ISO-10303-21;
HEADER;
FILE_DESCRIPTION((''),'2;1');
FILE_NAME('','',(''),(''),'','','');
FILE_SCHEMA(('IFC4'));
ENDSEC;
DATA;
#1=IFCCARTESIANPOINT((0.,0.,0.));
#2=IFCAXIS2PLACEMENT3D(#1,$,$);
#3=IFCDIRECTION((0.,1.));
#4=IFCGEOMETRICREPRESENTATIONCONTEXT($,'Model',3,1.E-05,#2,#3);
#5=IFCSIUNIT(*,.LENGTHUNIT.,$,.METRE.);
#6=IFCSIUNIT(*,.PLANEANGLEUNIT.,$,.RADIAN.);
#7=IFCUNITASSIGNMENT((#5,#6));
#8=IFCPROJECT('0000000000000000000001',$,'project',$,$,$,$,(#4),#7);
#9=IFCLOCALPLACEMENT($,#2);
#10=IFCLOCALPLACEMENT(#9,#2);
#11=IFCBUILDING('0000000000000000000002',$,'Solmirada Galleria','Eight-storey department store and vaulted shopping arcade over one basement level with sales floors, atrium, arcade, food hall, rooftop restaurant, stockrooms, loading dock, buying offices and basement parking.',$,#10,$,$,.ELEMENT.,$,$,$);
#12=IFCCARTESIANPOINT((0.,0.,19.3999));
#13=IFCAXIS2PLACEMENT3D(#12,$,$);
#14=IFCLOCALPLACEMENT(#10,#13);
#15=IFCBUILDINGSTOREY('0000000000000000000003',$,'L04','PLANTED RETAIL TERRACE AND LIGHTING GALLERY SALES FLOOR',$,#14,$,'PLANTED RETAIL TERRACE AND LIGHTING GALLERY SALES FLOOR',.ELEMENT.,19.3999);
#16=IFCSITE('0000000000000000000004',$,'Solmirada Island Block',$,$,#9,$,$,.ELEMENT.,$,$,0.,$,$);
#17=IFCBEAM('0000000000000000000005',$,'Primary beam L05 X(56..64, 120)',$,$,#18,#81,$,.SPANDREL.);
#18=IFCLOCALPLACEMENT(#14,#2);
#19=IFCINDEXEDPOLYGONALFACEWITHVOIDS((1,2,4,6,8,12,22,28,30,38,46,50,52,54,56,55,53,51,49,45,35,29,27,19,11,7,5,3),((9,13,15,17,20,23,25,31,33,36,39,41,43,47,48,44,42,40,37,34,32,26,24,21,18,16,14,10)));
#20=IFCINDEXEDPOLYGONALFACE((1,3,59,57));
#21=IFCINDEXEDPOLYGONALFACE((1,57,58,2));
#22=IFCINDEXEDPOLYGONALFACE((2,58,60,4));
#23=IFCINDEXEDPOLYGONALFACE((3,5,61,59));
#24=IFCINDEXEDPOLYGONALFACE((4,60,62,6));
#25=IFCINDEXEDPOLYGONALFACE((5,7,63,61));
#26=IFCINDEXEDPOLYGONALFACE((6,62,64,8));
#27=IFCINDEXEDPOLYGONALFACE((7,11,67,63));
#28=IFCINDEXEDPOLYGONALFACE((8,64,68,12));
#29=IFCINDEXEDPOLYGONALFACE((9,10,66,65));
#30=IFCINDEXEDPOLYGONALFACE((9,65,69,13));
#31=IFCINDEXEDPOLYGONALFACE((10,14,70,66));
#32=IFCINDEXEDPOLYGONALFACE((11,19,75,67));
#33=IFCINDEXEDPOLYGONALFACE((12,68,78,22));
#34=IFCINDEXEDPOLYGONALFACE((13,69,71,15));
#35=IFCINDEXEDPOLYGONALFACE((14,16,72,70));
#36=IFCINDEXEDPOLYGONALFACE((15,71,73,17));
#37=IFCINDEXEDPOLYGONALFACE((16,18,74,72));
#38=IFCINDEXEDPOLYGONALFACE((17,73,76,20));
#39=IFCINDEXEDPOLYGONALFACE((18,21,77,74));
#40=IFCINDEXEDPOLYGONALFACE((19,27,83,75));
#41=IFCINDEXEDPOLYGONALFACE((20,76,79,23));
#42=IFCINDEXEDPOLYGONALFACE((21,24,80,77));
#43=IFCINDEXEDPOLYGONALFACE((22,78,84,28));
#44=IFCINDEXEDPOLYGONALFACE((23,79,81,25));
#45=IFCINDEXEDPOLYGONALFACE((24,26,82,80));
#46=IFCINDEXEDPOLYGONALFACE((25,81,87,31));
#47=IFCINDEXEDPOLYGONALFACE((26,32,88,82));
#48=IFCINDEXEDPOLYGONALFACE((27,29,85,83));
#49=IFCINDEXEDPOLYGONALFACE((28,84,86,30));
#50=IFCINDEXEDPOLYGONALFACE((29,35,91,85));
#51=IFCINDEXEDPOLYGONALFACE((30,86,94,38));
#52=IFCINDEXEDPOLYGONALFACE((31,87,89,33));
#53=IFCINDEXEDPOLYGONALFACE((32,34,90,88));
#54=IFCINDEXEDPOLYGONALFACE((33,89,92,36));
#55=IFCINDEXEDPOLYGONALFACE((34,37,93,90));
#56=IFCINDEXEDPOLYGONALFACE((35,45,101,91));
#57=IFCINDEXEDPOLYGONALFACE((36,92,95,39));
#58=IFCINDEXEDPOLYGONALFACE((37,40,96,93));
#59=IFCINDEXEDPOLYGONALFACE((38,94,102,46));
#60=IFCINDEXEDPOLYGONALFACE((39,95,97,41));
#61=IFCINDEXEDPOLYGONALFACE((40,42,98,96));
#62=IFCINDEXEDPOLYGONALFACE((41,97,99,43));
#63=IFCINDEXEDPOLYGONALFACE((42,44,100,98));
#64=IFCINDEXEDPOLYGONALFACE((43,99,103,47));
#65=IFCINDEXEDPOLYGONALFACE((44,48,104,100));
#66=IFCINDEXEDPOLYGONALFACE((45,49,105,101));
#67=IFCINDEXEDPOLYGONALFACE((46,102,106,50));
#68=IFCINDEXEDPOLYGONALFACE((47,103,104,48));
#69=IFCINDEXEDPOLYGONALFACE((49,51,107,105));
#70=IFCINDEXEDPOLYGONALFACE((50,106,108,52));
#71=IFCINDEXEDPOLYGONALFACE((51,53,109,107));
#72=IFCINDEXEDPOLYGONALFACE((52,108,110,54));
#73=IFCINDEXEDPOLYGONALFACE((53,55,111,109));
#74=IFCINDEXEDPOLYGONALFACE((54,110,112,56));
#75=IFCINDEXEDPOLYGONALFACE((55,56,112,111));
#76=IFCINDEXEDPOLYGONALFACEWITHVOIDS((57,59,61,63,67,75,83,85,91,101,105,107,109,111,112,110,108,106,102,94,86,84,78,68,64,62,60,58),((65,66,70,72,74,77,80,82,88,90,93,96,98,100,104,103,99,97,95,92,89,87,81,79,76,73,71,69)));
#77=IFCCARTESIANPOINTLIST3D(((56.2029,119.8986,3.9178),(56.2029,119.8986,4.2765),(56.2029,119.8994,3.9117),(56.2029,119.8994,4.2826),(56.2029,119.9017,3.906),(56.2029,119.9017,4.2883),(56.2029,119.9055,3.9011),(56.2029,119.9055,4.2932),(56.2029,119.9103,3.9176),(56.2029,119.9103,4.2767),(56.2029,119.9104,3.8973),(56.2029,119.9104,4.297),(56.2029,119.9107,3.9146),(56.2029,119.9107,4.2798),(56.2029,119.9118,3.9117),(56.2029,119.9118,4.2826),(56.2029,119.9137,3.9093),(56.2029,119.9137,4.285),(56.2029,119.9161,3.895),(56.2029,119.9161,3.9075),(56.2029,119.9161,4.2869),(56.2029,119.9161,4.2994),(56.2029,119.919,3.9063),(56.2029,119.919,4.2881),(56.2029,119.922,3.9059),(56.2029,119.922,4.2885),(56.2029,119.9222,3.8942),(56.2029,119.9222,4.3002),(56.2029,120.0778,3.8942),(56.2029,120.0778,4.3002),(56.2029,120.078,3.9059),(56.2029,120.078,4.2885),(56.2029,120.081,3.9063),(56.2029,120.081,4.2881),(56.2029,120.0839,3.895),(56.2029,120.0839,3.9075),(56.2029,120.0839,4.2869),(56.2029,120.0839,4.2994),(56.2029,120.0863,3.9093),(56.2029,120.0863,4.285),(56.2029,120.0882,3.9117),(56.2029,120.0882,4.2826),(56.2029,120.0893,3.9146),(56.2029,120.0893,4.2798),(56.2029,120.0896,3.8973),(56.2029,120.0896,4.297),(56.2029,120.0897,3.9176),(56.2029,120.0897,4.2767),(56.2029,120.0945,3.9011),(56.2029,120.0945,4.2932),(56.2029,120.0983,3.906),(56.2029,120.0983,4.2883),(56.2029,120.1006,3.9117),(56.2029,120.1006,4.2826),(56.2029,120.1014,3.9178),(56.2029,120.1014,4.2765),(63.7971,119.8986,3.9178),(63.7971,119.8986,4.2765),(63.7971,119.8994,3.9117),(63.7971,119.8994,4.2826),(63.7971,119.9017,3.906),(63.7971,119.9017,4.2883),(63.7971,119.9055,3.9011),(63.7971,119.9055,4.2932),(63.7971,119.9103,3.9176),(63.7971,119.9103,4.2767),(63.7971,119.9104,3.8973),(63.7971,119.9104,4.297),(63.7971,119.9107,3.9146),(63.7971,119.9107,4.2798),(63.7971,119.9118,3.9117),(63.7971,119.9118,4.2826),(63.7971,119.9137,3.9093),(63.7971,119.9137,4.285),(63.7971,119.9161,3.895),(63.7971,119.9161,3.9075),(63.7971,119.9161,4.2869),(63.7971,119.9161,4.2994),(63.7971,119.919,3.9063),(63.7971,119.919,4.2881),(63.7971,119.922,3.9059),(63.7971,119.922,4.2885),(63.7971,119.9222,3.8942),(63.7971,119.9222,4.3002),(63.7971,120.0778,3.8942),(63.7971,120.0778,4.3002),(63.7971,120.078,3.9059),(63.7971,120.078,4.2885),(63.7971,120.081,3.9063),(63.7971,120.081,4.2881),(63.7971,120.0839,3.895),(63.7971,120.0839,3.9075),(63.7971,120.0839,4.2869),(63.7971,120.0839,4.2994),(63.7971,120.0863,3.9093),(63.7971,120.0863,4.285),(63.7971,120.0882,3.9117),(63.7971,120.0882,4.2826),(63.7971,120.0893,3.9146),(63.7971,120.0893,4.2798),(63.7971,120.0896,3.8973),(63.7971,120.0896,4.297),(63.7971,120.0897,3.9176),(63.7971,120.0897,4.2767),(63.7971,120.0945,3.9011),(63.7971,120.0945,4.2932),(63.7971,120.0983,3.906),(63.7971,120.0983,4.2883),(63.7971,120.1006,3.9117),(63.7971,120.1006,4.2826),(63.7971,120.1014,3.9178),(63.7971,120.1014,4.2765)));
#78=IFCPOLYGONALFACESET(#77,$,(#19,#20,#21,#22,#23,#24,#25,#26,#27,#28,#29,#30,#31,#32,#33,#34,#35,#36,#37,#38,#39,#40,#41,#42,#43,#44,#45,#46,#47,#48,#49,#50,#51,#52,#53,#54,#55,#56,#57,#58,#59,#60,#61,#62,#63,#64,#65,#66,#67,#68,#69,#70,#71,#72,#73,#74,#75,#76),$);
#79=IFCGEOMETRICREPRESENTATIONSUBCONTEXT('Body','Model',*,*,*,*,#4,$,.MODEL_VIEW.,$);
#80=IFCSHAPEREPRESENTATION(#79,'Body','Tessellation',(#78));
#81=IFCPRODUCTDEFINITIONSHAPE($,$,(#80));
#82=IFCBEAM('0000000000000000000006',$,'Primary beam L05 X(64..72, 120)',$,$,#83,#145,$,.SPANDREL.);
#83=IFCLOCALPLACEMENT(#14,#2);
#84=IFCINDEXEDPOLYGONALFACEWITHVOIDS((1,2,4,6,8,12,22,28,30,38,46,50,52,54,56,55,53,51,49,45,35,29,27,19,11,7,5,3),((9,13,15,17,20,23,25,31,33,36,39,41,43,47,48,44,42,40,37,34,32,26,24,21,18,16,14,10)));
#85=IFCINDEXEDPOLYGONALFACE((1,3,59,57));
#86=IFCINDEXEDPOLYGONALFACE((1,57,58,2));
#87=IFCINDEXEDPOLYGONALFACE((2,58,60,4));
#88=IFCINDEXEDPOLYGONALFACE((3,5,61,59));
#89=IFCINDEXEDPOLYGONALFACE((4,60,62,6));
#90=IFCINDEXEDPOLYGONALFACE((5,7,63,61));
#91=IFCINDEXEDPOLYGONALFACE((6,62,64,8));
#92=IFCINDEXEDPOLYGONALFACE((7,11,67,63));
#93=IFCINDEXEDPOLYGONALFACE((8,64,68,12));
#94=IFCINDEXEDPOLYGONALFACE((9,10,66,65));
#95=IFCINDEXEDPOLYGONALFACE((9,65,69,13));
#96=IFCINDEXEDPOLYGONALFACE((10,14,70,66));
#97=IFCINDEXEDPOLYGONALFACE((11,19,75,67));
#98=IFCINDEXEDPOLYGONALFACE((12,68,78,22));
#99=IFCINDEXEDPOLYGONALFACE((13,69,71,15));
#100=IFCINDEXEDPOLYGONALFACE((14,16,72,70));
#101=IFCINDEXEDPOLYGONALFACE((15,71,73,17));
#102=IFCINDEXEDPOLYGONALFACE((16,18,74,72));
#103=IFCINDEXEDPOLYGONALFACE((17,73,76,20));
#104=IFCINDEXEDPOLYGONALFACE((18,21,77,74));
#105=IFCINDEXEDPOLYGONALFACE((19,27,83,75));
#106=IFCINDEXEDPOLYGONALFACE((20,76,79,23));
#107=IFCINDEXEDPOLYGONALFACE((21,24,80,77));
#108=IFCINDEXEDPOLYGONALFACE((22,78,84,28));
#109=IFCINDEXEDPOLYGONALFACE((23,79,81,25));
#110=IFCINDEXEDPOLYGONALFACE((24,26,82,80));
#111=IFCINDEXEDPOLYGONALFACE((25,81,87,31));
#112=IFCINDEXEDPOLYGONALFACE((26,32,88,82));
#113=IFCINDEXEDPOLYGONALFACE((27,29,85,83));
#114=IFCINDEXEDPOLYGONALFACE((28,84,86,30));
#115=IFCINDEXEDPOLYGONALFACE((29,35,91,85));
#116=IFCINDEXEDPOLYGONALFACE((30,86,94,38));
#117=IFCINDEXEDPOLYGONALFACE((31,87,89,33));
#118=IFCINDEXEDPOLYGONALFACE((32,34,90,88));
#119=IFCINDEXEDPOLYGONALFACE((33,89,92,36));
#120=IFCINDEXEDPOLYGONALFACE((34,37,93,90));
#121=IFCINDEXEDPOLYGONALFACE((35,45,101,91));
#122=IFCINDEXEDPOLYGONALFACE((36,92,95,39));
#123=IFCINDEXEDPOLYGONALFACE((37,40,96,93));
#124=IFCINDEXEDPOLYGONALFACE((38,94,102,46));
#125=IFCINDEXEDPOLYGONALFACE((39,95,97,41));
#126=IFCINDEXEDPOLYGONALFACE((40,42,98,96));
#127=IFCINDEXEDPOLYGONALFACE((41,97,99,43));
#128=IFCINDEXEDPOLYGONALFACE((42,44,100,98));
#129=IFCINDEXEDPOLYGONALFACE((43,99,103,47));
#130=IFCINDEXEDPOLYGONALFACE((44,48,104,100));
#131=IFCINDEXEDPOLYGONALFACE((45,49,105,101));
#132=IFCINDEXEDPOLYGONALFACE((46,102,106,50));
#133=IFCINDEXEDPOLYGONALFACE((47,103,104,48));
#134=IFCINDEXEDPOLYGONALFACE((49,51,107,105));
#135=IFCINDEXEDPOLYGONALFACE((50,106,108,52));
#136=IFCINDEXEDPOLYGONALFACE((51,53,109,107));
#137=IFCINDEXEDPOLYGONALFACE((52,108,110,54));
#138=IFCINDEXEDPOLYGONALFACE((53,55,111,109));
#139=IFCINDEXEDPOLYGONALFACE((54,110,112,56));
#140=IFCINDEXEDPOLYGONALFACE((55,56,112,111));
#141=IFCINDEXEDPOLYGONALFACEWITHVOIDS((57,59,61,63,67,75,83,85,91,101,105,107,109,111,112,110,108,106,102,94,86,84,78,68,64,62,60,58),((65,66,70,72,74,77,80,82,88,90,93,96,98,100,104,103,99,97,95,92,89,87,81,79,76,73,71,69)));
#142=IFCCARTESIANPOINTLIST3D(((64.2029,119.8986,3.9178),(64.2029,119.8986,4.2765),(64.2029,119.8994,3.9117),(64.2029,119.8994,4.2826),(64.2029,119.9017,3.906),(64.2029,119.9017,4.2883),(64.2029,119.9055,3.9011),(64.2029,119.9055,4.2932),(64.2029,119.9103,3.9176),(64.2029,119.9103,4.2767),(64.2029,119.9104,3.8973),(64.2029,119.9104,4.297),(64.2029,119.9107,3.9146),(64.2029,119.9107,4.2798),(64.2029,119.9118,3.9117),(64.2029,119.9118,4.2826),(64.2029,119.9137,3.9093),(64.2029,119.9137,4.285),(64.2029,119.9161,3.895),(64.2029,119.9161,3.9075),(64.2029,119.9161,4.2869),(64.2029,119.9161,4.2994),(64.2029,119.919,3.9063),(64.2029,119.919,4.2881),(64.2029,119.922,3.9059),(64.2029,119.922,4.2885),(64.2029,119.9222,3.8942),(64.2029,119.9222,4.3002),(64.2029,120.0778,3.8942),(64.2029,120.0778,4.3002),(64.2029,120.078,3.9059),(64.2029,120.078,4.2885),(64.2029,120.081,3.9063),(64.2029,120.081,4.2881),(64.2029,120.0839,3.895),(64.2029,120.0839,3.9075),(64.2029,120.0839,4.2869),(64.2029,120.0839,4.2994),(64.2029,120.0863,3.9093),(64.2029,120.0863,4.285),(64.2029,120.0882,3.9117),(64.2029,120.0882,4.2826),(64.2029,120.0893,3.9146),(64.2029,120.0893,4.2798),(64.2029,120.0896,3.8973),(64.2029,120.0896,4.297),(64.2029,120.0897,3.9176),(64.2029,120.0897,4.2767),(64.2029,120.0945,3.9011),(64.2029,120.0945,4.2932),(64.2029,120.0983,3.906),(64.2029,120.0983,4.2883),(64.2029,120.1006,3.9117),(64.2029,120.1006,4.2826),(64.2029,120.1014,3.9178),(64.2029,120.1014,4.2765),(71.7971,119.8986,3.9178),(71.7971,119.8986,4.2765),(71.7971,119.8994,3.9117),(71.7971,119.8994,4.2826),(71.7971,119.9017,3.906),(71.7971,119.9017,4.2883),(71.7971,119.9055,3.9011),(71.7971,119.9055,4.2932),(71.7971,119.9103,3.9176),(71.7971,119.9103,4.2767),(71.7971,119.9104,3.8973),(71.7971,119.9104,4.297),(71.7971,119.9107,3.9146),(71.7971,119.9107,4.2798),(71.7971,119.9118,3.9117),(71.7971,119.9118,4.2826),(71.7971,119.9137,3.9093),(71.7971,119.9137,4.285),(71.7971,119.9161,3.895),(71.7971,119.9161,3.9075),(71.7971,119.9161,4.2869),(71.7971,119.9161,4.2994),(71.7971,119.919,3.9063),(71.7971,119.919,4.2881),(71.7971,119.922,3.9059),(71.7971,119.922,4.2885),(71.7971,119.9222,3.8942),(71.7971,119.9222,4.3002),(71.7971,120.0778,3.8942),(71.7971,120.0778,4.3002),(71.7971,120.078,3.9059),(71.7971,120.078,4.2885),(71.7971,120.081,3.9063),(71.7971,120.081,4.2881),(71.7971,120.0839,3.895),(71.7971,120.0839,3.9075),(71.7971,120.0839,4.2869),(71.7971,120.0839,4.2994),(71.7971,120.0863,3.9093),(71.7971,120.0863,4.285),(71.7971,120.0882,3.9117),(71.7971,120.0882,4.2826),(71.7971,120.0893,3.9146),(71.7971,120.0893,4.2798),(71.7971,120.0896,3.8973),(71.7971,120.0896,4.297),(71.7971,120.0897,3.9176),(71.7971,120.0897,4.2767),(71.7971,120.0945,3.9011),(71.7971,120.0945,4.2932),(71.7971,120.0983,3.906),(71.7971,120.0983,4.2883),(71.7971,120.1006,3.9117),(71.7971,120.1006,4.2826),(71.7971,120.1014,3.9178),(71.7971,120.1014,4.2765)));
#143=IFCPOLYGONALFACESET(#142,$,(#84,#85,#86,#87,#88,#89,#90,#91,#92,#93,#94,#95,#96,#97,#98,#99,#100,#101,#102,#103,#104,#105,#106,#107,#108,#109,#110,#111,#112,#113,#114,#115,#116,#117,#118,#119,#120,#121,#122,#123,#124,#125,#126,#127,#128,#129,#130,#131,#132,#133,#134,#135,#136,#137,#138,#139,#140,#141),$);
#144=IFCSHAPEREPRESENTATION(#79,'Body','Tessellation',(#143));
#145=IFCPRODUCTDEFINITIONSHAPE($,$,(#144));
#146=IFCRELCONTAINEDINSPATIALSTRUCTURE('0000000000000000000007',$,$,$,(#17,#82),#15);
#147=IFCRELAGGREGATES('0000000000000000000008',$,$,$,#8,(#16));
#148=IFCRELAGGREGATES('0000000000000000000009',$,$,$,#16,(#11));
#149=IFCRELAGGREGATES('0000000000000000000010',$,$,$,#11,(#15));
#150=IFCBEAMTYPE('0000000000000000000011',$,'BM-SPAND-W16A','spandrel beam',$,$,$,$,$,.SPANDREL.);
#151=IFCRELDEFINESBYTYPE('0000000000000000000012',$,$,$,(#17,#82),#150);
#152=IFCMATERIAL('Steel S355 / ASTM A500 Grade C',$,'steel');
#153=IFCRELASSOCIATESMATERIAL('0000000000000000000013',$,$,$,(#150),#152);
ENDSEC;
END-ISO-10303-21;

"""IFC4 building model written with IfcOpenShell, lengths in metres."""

from ifc_helpers import new_model, si_unit, direction, frame, origin, origin_2d, place, context, subcontext, project, spatial, hollow_rectangle, extrude, material, material_profile, profile_set, type_object, element, save


model = new_model("IFC4")

# Units and contexts
model_context = context("Model", 3, precision=1e-05, world=origin(), true_north=direction((0.0, 1.0)))
body_context = subcontext(model_context, "Body", "Model", "MODEL_VIEW")
ifc_project = project(units=[si_unit("LENGTHUNIT", "METRE"), si_unit("PLANEANGLEUNIT", "RADIAN")], contexts=[model_context])

# Site, building, storey
site_placement = place(None, origin())
site = spatial("IfcSite", under=ifc_project, at=site_placement, Name="Solmirada Island Block", CompositionType="ELEMENT", RefElevation=0.0)
building_placement = place(site_placement, origin())
building = spatial("IfcBuilding", under=site, at=building_placement, Name="Solmirada Galleria", Description="Eight-storey department store and vaulted shopping arcade over one basement level with sales floors, atrium, arcade, food hall, rooftop restaurant, stockrooms, loading dock, buying offices and basement parking.", CompositionType="ELEMENT")
storey_placement = place(building_placement, frame((0.0, 0.0, 19.3999)))
storey = spatial("IfcBuildingStorey", under=building, at=storey_placement, Name="L04", Description="PLANTED RETAIL TERRACE AND LIGHTING GALLERY SALES FLOOR", LongName="PLANTED RETAIL TERRACE AND LIGHTING GALLERY SALES FLOOR", CompositionType="ELEMENT", Elevation=19.3999)

# Shared definitions
ifc_material_1 = material(Name="Steel S355 / ASTM A500 Grade C", Category="steel")

# Beams
ifc_material_profile_1 = material_profile(ifc_material_1, hollow_rectangle(XDim=0.2029, YDim=0.406, WallThickness=0.0117, InnerFilletRadius=0.0117, OuterFilletRadius=0.0237, at=origin_2d()), Name="HSS16X8X1/2")
ifc_profile_set_1 = profile_set([ifc_material_profile_1], Name="Steel S355 / ASTM A500 Grade C")
beam_type_1 = type_object("IfcBeamType", Name="BM-SPAND-W16A", Description="spandrel beam", PredefinedType="SPANDREL", material=ifc_profile_set_1)
for number, where, z_axis, x_axis, name in (
    (1, (56.2029, 120.0, 4.0972), (1.0, 0.0, 0.0), (0.0, 1.0, 0.0), "Primary beam L05 X(56..64, 120)"),
    (2, (64.2029, 120.0, 4.0972), (1.0, 0.0, 0.0), (0.0, 1.0, 0.0), "Primary beam L05 X(64..72, 120)"),
):
    element("IfcBeam", number, at=place(storey_placement, frame(where, z_axis=z_axis, x_axis=x_axis)), inside=storey, type_object=beam_type_1, Name=name, PredefinedType="SPANDREL", context=body_context, shape_type="SweptSolid", body=[
        extrude(hollow_rectangle(XDim=0.2029, YDim=0.406, WallThickness=0.0117, InnerFilletRadius=0.0117, OuterFilletRadius=0.0237, at=origin_2d()), origin(), (0.0, 0.0, 1.0), 7.5942),
    ])

save(model, "model.ifc")
